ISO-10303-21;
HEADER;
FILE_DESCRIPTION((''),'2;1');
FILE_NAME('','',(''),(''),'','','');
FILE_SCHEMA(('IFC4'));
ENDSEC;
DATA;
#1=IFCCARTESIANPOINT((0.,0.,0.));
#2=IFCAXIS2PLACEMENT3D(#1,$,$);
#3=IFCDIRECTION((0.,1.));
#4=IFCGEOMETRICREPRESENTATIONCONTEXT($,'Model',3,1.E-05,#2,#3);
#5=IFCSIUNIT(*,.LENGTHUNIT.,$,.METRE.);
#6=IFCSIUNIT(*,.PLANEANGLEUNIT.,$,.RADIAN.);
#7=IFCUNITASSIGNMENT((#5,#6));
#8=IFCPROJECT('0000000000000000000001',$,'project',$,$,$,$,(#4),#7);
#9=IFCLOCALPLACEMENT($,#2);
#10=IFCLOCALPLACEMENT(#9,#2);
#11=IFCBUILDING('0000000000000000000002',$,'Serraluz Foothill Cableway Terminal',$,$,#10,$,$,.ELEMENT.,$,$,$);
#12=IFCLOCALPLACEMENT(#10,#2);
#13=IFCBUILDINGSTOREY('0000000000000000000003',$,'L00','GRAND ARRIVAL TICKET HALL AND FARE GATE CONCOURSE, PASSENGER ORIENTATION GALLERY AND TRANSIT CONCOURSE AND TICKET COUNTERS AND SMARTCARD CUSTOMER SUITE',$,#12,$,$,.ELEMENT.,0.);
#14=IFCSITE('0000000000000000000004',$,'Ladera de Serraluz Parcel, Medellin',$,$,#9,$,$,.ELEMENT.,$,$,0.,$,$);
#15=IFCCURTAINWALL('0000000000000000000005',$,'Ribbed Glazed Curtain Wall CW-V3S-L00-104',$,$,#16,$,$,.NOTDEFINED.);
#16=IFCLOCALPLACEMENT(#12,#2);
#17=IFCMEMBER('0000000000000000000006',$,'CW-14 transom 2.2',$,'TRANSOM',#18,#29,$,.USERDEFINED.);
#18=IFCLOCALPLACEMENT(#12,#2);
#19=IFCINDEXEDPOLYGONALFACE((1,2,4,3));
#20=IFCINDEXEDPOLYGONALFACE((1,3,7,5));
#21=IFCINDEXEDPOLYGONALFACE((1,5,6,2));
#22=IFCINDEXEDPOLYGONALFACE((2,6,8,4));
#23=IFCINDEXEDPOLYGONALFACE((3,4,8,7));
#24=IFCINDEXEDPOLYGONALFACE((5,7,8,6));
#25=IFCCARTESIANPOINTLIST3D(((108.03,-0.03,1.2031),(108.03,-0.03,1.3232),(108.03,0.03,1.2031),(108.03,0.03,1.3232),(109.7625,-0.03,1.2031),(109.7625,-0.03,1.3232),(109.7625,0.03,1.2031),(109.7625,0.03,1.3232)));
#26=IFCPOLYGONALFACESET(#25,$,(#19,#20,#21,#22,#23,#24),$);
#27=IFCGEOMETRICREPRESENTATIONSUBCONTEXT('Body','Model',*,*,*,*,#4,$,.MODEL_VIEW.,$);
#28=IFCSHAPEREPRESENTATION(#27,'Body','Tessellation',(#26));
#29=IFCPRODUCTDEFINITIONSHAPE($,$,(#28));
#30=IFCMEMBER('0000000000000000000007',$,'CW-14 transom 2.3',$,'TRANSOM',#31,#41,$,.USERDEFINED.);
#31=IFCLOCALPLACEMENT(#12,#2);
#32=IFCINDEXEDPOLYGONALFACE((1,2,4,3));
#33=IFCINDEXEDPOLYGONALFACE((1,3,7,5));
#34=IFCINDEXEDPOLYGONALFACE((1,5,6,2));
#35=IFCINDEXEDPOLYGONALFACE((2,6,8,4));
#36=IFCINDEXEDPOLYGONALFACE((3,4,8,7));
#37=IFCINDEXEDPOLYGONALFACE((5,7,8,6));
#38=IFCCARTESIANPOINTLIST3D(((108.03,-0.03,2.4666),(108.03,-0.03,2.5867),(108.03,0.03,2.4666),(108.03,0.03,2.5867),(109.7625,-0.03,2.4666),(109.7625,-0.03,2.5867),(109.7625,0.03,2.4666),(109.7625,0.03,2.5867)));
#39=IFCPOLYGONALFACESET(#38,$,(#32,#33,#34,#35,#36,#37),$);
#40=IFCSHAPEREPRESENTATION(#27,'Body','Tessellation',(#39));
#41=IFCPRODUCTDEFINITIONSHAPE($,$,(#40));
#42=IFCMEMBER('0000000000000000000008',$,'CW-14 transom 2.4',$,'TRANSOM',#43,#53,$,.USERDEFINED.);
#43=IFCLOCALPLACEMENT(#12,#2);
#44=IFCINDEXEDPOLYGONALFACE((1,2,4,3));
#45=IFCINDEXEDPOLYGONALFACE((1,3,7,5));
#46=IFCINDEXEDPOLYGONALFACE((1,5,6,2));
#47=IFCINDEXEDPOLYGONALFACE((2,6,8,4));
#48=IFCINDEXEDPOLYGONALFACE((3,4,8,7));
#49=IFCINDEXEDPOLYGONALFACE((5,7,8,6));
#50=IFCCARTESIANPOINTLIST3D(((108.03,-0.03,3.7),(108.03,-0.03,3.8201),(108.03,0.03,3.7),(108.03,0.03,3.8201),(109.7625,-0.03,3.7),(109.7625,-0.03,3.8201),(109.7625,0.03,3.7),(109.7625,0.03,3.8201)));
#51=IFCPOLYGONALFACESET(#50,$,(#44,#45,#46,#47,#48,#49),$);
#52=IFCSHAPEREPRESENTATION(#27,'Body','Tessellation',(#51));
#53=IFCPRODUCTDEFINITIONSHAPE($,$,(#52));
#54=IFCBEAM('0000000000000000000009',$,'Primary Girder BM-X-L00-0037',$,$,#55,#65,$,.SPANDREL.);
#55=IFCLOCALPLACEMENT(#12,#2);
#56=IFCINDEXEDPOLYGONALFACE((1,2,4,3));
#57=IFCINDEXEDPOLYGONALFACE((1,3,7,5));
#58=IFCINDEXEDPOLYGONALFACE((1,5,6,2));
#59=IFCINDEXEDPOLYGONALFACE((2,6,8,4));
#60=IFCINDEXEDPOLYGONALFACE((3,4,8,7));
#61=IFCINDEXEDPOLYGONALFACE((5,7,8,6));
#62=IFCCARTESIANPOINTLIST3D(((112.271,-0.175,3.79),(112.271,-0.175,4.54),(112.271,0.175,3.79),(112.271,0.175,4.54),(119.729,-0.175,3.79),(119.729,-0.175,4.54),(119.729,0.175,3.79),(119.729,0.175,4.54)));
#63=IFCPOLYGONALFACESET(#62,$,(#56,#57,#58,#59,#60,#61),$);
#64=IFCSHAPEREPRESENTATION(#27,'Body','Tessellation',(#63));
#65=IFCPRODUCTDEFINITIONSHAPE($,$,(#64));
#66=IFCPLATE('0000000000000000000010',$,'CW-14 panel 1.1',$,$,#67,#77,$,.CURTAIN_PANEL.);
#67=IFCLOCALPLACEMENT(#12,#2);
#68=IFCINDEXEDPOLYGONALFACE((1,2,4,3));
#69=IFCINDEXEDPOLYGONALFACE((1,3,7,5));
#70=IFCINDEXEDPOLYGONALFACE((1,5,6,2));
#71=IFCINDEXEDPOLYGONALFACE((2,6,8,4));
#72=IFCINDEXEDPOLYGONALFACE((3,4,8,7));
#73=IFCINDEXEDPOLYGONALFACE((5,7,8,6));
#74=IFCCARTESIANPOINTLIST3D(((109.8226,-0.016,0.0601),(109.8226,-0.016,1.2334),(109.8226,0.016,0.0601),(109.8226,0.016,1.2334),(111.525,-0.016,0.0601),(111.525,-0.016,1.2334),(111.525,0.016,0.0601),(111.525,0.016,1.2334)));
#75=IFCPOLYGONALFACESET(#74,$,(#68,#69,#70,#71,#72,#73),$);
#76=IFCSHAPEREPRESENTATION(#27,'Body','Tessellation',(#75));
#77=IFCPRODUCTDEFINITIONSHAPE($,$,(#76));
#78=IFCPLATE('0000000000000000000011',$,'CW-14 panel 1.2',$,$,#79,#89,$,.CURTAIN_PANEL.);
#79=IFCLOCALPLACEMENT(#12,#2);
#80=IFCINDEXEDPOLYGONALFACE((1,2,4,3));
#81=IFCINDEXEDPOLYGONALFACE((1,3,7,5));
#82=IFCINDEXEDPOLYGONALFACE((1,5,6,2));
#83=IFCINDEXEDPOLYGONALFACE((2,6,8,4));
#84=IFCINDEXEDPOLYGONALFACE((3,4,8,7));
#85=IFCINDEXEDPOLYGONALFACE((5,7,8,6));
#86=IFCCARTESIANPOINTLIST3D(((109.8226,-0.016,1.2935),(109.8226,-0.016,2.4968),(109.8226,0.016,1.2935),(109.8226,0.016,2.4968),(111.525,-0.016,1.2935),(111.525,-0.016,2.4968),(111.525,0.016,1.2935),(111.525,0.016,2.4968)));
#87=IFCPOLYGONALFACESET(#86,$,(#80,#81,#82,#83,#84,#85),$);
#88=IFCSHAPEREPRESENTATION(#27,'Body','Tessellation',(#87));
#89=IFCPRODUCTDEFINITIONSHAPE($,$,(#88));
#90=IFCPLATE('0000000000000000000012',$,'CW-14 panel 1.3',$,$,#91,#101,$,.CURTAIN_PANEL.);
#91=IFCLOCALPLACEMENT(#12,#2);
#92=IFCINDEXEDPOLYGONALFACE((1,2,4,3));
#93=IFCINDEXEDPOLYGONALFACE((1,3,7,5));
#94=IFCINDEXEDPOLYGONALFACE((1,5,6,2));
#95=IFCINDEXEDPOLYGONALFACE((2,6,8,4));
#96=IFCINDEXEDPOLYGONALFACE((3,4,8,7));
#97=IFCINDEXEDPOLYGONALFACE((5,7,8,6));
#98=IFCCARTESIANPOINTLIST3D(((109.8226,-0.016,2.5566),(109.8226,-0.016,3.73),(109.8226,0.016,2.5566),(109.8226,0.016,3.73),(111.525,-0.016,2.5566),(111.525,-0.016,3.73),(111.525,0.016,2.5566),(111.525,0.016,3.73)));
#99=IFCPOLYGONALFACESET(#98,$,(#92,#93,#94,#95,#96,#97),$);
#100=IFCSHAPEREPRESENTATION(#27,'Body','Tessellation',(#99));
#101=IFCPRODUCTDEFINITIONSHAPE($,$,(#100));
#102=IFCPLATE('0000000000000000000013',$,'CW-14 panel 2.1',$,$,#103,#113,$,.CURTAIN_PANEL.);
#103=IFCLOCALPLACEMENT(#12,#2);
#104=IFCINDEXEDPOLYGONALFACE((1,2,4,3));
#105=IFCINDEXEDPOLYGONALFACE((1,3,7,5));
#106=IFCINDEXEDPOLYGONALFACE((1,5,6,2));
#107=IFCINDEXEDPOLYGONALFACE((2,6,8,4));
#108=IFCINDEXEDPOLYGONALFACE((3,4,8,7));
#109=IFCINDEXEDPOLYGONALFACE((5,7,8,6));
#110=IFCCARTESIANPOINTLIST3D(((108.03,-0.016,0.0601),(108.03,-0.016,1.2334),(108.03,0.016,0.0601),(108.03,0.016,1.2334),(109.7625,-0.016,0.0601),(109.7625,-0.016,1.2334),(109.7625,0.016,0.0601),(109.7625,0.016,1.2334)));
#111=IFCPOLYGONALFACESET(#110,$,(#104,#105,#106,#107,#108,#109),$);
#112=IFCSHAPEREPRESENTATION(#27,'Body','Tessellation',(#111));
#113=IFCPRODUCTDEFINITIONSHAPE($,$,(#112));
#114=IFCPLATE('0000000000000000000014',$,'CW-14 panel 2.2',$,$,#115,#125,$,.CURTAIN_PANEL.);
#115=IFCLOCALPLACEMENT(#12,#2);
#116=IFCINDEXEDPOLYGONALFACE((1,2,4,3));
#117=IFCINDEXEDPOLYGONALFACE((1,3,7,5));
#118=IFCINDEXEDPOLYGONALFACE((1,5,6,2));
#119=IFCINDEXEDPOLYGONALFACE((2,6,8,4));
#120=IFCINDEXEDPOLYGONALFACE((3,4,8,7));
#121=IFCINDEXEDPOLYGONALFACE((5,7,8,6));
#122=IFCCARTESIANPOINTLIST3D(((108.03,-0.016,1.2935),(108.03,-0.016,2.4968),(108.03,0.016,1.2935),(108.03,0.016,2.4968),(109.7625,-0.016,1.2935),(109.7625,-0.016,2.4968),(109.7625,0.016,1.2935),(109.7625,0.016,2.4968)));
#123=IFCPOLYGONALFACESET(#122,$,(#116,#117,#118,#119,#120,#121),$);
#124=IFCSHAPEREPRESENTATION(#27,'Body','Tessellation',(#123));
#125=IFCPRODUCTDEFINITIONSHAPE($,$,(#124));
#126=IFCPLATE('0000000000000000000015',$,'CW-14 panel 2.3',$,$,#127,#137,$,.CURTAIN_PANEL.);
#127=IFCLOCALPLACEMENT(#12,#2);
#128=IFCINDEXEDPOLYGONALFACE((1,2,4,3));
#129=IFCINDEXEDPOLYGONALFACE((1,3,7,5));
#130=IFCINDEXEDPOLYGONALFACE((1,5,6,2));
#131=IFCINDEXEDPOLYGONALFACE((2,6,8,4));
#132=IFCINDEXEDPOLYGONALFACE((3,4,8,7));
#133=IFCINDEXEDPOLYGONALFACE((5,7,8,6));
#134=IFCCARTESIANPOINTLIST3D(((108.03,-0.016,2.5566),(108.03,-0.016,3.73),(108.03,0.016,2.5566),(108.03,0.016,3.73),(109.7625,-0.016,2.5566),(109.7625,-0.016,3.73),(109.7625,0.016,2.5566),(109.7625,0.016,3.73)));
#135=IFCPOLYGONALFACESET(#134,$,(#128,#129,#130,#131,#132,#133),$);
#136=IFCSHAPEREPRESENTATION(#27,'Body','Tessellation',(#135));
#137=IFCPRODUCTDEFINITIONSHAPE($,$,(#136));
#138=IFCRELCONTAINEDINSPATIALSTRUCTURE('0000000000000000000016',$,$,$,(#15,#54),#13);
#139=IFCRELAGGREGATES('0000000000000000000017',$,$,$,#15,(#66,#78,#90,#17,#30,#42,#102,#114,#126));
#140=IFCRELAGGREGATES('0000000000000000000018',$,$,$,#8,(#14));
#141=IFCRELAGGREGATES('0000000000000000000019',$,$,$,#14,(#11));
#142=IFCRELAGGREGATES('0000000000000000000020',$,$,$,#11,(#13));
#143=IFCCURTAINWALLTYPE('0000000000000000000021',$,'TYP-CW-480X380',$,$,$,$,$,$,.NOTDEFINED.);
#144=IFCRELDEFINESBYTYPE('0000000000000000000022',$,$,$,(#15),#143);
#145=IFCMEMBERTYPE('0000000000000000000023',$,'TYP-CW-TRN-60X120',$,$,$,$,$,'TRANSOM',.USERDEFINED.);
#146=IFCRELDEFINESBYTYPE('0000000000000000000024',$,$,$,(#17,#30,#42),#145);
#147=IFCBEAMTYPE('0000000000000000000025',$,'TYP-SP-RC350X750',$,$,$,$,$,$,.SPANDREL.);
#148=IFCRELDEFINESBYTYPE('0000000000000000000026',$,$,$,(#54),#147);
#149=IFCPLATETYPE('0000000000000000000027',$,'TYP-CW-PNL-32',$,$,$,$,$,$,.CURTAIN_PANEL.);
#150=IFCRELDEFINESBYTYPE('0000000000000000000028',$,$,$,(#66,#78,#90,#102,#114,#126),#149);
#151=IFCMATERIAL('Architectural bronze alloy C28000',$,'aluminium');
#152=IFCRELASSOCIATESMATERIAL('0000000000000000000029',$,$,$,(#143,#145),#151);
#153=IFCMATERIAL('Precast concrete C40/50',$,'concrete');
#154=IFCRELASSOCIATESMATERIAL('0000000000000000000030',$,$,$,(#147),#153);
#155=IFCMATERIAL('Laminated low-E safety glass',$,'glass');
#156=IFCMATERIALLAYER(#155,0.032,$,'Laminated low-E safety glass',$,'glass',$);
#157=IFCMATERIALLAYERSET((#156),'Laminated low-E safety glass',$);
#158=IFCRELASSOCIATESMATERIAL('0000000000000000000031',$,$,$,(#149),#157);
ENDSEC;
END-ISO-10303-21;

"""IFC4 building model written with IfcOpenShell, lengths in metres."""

from ifc_helpers import new_model, si_unit, direction, frame, origin, origin_2d, place, context, subcontext, project, spatial, rectangle, extrude, material, layer, layer_set, material_profile, profile_set, type_object, element, aggregate, save


model = new_model("IFC4")

# Units and contexts
model_context = context("Model", 3, precision=1e-05, world=origin(), true_north=direction((0.0, 1.0)))
body_context = subcontext(model_context, "Body", "Model", "MODEL_VIEW")
ifc_project = project(units=[si_unit("LENGTHUNIT", "METRE"), si_unit("PLANEANGLEUNIT", "RADIAN")], contexts=[model_context])

# Site, building, storey
site_placement = place(None, origin())
site = spatial("IfcSite", under=ifc_project, at=site_placement, Name="Ladera de Serraluz Parcel, Medellin", CompositionType="ELEMENT", RefElevation=0.0)
building_placement = place(site_placement, origin())
building = spatial("IfcBuilding", under=site, at=building_placement, Name="Serraluz Foothill Cableway Terminal", CompositionType="ELEMENT")
storey_placement = place(building_placement, origin())
storey = spatial("IfcBuildingStorey", under=building, at=storey_placement, Name="L00", Description="GRAND ARRIVAL TICKET HALL AND FARE GATE CONCOURSE, PASSENGER ORIENTATION GALLERY AND TRANSIT CONCOURSE AND TICKET COUNTERS AND SMARTCARD CUSTOMER SUITE", CompositionType="ELEMENT", Elevation=0.0)

# Curtain wall, members
ifc_material_1 = material(Name="Architectural bronze alloy C28000", Category="aluminium")
curtain_wall_type = type_object("IfcCurtainWallType", Name="TYP-CW-480X380", PredefinedType="NOTDEFINED", material=ifc_material_1)
curtain_wall_placement = place(storey_placement, origin())
curtain_wall = element("IfcCurtainWall", 1, at=curtain_wall_placement, inside=storey, type_object=curtain_wall_type, Name="Ribbed Glazed Curtain Wall CW-V3S-L00-104", PredefinedType="NOTDEFINED")
ifc_material_profile_1 = material_profile(ifc_material_1, rectangle(XDim=0.0601, YDim=0.1201, at=origin_2d()), Name="ALU TRANSOM 60x120")
ifc_profile_set_1 = profile_set([ifc_material_profile_1], Name="Architectural bronze alloy C28000")
member_type_1 = type_object("IfcMemberType", Name="TYP-CW-TRN-60X120", ElementType="TRANSOM", PredefinedType="USERDEFINED", material=ifc_profile_set_1)
member_1_placement = place(storey_placement, frame((109.7625, 0.0, 1.2632), z_axis=(-1.0, 0.0, 0.0), x_axis=(0.0, -1.0, 0.0)))
member_1 = element("IfcMember", 2, at=member_1_placement, type_object=member_type_1, Name="CW-14 transom 2.2", ObjectType="TRANSOM", PredefinedType="USERDEFINED", context=body_context, shape_type="SweptSolid", body=[
    extrude(rectangle(XDim=0.0601, YDim=0.1201, at=origin_2d()), origin(), (0.0, 0.0, 1.0), 1.7324),
])
member_2_placement = place(storey_placement, frame((109.7625, 0.0, 2.5266), z_axis=(-1.0, 0.0, 0.0), x_axis=(0.0, -1.0, 0.0)))
member_2 = element("IfcMember", 3, at=member_2_placement, type_object=member_type_1, Name="CW-14 transom 2.3", ObjectType="TRANSOM", PredefinedType="USERDEFINED", context=body_context, shape_type="SweptSolid", body=[
    extrude(rectangle(XDim=0.0601, YDim=0.1201, at=origin_2d()), origin(), (0.0, 0.0, 1.0), 1.7324),
])
member_3_placement = place(storey_placement, frame((109.7625, 0.0, 3.76), z_axis=(-1.0, 0.0, 0.0), x_axis=(0.0, -1.0, 0.0)))
member_3 = element("IfcMember", 4, at=member_3_placement, type_object=member_type_1, Name="CW-14 transom 2.4", ObjectType="TRANSOM", PredefinedType="USERDEFINED", context=body_context, shape_type="SweptSolid", body=[
    extrude(rectangle(XDim=0.0601, YDim=0.1201, at=origin_2d()), origin(), (0.0, 0.0, 1.0), 1.7324),
])

# Beam
ifc_material_2 = material(Name="Precast concrete C40/50", Category="concrete")
ifc_material_profile_2 = material_profile(ifc_material_2, rectangle(XDim=0.3501, YDim=0.75, at=origin_2d()), Name="RC SP 350x750")
ifc_profile_set_2 = profile_set([ifc_material_profile_2], Name="Precast concrete C40/50")
beam_type = type_object("IfcBeamType", Name="TYP-SP-RC350X750", PredefinedType="SPANDREL", material=ifc_profile_set_2)
beam_placement = place(storey_placement, frame((112.271, 0.0, 4.165), z_axis=(1.0, 0.0, 0.0), x_axis=(0.0, 1.0, 0.0)))
element("IfcBeam", 5, at=beam_placement, inside=storey, type_object=beam_type, Name="Primary Girder BM-X-L00-0037", PredefinedType="SPANDREL", context=body_context, shape_type="SweptSolid", body=[
    extrude(rectangle(XDim=0.3501, YDim=0.75, at=origin_2d()), origin(), (0.0, 0.0, 1.0), 7.458),
])

# Plates
ifc_material_3 = material(Name="Laminated low-E safety glass", Category="glass")
ifc_layer = layer(ifc_material_3, 0.032, Name="Laminated low-E safety glass", Category="glass")
ifc_layer_set = layer_set([ifc_layer], Name="Laminated low-E safety glass")
plate_type = type_object("IfcPlateType", Name="TYP-CW-PNL-32", PredefinedType="CURTAIN_PANEL", material=ifc_layer_set)
plate_1_placement = place(storey_placement, frame((110.6738, 0.0, 0.0601), z_axis=(0.0, 0.0, 1.0), x_axis=(-1.0, 0.0, 0.0)))
plate_1 = element("IfcPlate", 6, at=plate_1_placement, type_object=plate_type, Name="CW-14 panel 1.1", PredefinedType="CURTAIN_PANEL", context=body_context, shape_type="SweptSolid", body=[
    extrude(rectangle(XDim=1.7024, YDim=0.032, at=origin_2d()), origin(), (0.0, 0.0, 1.0), 1.1733),
])
plate_2_placement = place(storey_placement, frame((110.6738, 0.0, 1.2935), z_axis=(0.0, 0.0, 1.0), x_axis=(-1.0, 0.0, 0.0)))
plate_2 = element("IfcPlate", 7, at=plate_2_placement, type_object=plate_type, Name="CW-14 panel 1.2", PredefinedType="CURTAIN_PANEL", context=body_context, shape_type="SweptSolid", body=[
    extrude(rectangle(XDim=1.7024, YDim=0.032, at=origin_2d()), origin(), (0.0, 0.0, 1.0), 1.2034),
])
plate_3_placement = place(storey_placement, frame((110.6738, 0.0, 2.5566), z_axis=(0.0, 0.0, 1.0), x_axis=(-1.0, 0.0, 0.0)))
plate_3 = element("IfcPlate", 8, at=plate_3_placement, type_object=plate_type, Name="CW-14 panel 1.3", PredefinedType="CURTAIN_PANEL", context=body_context, shape_type="SweptSolid", body=[
    extrude(rectangle(XDim=1.7024, YDim=0.032, at=origin_2d()), origin(), (0.0, 0.0, 1.0), 1.1733),
])
plate_4_placement = place(storey_placement, frame((108.8962, 0.0, 0.0601), z_axis=(0.0, 0.0, 1.0), x_axis=(-1.0, 0.0, 0.0)))
plate_4 = element("IfcPlate", 9, at=plate_4_placement, type_object=plate_type, Name="CW-14 panel 2.1", PredefinedType="CURTAIN_PANEL", context=body_context, shape_type="SweptSolid", body=[
    extrude(rectangle(XDim=1.7324, YDim=0.032, at=origin_2d()), origin(), (0.0, 0.0, 1.0), 1.1733),
])
plate_5_placement = place(storey_placement, frame((108.8962, 0.0, 1.2935), z_axis=(0.0, 0.0, 1.0), x_axis=(-1.0, 0.0, 0.0)))
plate_5 = element("IfcPlate", 10, at=plate_5_placement, type_object=plate_type, Name="CW-14 panel 2.2", PredefinedType="CURTAIN_PANEL", context=body_context, shape_type="SweptSolid", body=[
    extrude(rectangle(XDim=1.7324, YDim=0.032, at=origin_2d()), origin(), (0.0, 0.0, 1.0), 1.2034),
])
plate_6_placement = place(storey_placement, frame((108.8962, 0.0, 2.5566), z_axis=(0.0, 0.0, 1.0), x_axis=(-1.0, 0.0, 0.0)))
plate_6 = element("IfcPlate", 11, at=plate_6_placement, type_object=plate_type, Name="CW-14 panel 2.3", PredefinedType="CURTAIN_PANEL", context=body_context, shape_type="SweptSolid", body=[
    extrude(rectangle(XDim=1.7324, YDim=0.032, at=origin_2d()), origin(), (0.0, 0.0, 1.0), 1.1733),
])
aggregate(curtain_wall, [plate_1, plate_2, plate_3, member_1, member_2, member_3, plate_4, plate_5, plate_6])

save(model, "model.ifc")
